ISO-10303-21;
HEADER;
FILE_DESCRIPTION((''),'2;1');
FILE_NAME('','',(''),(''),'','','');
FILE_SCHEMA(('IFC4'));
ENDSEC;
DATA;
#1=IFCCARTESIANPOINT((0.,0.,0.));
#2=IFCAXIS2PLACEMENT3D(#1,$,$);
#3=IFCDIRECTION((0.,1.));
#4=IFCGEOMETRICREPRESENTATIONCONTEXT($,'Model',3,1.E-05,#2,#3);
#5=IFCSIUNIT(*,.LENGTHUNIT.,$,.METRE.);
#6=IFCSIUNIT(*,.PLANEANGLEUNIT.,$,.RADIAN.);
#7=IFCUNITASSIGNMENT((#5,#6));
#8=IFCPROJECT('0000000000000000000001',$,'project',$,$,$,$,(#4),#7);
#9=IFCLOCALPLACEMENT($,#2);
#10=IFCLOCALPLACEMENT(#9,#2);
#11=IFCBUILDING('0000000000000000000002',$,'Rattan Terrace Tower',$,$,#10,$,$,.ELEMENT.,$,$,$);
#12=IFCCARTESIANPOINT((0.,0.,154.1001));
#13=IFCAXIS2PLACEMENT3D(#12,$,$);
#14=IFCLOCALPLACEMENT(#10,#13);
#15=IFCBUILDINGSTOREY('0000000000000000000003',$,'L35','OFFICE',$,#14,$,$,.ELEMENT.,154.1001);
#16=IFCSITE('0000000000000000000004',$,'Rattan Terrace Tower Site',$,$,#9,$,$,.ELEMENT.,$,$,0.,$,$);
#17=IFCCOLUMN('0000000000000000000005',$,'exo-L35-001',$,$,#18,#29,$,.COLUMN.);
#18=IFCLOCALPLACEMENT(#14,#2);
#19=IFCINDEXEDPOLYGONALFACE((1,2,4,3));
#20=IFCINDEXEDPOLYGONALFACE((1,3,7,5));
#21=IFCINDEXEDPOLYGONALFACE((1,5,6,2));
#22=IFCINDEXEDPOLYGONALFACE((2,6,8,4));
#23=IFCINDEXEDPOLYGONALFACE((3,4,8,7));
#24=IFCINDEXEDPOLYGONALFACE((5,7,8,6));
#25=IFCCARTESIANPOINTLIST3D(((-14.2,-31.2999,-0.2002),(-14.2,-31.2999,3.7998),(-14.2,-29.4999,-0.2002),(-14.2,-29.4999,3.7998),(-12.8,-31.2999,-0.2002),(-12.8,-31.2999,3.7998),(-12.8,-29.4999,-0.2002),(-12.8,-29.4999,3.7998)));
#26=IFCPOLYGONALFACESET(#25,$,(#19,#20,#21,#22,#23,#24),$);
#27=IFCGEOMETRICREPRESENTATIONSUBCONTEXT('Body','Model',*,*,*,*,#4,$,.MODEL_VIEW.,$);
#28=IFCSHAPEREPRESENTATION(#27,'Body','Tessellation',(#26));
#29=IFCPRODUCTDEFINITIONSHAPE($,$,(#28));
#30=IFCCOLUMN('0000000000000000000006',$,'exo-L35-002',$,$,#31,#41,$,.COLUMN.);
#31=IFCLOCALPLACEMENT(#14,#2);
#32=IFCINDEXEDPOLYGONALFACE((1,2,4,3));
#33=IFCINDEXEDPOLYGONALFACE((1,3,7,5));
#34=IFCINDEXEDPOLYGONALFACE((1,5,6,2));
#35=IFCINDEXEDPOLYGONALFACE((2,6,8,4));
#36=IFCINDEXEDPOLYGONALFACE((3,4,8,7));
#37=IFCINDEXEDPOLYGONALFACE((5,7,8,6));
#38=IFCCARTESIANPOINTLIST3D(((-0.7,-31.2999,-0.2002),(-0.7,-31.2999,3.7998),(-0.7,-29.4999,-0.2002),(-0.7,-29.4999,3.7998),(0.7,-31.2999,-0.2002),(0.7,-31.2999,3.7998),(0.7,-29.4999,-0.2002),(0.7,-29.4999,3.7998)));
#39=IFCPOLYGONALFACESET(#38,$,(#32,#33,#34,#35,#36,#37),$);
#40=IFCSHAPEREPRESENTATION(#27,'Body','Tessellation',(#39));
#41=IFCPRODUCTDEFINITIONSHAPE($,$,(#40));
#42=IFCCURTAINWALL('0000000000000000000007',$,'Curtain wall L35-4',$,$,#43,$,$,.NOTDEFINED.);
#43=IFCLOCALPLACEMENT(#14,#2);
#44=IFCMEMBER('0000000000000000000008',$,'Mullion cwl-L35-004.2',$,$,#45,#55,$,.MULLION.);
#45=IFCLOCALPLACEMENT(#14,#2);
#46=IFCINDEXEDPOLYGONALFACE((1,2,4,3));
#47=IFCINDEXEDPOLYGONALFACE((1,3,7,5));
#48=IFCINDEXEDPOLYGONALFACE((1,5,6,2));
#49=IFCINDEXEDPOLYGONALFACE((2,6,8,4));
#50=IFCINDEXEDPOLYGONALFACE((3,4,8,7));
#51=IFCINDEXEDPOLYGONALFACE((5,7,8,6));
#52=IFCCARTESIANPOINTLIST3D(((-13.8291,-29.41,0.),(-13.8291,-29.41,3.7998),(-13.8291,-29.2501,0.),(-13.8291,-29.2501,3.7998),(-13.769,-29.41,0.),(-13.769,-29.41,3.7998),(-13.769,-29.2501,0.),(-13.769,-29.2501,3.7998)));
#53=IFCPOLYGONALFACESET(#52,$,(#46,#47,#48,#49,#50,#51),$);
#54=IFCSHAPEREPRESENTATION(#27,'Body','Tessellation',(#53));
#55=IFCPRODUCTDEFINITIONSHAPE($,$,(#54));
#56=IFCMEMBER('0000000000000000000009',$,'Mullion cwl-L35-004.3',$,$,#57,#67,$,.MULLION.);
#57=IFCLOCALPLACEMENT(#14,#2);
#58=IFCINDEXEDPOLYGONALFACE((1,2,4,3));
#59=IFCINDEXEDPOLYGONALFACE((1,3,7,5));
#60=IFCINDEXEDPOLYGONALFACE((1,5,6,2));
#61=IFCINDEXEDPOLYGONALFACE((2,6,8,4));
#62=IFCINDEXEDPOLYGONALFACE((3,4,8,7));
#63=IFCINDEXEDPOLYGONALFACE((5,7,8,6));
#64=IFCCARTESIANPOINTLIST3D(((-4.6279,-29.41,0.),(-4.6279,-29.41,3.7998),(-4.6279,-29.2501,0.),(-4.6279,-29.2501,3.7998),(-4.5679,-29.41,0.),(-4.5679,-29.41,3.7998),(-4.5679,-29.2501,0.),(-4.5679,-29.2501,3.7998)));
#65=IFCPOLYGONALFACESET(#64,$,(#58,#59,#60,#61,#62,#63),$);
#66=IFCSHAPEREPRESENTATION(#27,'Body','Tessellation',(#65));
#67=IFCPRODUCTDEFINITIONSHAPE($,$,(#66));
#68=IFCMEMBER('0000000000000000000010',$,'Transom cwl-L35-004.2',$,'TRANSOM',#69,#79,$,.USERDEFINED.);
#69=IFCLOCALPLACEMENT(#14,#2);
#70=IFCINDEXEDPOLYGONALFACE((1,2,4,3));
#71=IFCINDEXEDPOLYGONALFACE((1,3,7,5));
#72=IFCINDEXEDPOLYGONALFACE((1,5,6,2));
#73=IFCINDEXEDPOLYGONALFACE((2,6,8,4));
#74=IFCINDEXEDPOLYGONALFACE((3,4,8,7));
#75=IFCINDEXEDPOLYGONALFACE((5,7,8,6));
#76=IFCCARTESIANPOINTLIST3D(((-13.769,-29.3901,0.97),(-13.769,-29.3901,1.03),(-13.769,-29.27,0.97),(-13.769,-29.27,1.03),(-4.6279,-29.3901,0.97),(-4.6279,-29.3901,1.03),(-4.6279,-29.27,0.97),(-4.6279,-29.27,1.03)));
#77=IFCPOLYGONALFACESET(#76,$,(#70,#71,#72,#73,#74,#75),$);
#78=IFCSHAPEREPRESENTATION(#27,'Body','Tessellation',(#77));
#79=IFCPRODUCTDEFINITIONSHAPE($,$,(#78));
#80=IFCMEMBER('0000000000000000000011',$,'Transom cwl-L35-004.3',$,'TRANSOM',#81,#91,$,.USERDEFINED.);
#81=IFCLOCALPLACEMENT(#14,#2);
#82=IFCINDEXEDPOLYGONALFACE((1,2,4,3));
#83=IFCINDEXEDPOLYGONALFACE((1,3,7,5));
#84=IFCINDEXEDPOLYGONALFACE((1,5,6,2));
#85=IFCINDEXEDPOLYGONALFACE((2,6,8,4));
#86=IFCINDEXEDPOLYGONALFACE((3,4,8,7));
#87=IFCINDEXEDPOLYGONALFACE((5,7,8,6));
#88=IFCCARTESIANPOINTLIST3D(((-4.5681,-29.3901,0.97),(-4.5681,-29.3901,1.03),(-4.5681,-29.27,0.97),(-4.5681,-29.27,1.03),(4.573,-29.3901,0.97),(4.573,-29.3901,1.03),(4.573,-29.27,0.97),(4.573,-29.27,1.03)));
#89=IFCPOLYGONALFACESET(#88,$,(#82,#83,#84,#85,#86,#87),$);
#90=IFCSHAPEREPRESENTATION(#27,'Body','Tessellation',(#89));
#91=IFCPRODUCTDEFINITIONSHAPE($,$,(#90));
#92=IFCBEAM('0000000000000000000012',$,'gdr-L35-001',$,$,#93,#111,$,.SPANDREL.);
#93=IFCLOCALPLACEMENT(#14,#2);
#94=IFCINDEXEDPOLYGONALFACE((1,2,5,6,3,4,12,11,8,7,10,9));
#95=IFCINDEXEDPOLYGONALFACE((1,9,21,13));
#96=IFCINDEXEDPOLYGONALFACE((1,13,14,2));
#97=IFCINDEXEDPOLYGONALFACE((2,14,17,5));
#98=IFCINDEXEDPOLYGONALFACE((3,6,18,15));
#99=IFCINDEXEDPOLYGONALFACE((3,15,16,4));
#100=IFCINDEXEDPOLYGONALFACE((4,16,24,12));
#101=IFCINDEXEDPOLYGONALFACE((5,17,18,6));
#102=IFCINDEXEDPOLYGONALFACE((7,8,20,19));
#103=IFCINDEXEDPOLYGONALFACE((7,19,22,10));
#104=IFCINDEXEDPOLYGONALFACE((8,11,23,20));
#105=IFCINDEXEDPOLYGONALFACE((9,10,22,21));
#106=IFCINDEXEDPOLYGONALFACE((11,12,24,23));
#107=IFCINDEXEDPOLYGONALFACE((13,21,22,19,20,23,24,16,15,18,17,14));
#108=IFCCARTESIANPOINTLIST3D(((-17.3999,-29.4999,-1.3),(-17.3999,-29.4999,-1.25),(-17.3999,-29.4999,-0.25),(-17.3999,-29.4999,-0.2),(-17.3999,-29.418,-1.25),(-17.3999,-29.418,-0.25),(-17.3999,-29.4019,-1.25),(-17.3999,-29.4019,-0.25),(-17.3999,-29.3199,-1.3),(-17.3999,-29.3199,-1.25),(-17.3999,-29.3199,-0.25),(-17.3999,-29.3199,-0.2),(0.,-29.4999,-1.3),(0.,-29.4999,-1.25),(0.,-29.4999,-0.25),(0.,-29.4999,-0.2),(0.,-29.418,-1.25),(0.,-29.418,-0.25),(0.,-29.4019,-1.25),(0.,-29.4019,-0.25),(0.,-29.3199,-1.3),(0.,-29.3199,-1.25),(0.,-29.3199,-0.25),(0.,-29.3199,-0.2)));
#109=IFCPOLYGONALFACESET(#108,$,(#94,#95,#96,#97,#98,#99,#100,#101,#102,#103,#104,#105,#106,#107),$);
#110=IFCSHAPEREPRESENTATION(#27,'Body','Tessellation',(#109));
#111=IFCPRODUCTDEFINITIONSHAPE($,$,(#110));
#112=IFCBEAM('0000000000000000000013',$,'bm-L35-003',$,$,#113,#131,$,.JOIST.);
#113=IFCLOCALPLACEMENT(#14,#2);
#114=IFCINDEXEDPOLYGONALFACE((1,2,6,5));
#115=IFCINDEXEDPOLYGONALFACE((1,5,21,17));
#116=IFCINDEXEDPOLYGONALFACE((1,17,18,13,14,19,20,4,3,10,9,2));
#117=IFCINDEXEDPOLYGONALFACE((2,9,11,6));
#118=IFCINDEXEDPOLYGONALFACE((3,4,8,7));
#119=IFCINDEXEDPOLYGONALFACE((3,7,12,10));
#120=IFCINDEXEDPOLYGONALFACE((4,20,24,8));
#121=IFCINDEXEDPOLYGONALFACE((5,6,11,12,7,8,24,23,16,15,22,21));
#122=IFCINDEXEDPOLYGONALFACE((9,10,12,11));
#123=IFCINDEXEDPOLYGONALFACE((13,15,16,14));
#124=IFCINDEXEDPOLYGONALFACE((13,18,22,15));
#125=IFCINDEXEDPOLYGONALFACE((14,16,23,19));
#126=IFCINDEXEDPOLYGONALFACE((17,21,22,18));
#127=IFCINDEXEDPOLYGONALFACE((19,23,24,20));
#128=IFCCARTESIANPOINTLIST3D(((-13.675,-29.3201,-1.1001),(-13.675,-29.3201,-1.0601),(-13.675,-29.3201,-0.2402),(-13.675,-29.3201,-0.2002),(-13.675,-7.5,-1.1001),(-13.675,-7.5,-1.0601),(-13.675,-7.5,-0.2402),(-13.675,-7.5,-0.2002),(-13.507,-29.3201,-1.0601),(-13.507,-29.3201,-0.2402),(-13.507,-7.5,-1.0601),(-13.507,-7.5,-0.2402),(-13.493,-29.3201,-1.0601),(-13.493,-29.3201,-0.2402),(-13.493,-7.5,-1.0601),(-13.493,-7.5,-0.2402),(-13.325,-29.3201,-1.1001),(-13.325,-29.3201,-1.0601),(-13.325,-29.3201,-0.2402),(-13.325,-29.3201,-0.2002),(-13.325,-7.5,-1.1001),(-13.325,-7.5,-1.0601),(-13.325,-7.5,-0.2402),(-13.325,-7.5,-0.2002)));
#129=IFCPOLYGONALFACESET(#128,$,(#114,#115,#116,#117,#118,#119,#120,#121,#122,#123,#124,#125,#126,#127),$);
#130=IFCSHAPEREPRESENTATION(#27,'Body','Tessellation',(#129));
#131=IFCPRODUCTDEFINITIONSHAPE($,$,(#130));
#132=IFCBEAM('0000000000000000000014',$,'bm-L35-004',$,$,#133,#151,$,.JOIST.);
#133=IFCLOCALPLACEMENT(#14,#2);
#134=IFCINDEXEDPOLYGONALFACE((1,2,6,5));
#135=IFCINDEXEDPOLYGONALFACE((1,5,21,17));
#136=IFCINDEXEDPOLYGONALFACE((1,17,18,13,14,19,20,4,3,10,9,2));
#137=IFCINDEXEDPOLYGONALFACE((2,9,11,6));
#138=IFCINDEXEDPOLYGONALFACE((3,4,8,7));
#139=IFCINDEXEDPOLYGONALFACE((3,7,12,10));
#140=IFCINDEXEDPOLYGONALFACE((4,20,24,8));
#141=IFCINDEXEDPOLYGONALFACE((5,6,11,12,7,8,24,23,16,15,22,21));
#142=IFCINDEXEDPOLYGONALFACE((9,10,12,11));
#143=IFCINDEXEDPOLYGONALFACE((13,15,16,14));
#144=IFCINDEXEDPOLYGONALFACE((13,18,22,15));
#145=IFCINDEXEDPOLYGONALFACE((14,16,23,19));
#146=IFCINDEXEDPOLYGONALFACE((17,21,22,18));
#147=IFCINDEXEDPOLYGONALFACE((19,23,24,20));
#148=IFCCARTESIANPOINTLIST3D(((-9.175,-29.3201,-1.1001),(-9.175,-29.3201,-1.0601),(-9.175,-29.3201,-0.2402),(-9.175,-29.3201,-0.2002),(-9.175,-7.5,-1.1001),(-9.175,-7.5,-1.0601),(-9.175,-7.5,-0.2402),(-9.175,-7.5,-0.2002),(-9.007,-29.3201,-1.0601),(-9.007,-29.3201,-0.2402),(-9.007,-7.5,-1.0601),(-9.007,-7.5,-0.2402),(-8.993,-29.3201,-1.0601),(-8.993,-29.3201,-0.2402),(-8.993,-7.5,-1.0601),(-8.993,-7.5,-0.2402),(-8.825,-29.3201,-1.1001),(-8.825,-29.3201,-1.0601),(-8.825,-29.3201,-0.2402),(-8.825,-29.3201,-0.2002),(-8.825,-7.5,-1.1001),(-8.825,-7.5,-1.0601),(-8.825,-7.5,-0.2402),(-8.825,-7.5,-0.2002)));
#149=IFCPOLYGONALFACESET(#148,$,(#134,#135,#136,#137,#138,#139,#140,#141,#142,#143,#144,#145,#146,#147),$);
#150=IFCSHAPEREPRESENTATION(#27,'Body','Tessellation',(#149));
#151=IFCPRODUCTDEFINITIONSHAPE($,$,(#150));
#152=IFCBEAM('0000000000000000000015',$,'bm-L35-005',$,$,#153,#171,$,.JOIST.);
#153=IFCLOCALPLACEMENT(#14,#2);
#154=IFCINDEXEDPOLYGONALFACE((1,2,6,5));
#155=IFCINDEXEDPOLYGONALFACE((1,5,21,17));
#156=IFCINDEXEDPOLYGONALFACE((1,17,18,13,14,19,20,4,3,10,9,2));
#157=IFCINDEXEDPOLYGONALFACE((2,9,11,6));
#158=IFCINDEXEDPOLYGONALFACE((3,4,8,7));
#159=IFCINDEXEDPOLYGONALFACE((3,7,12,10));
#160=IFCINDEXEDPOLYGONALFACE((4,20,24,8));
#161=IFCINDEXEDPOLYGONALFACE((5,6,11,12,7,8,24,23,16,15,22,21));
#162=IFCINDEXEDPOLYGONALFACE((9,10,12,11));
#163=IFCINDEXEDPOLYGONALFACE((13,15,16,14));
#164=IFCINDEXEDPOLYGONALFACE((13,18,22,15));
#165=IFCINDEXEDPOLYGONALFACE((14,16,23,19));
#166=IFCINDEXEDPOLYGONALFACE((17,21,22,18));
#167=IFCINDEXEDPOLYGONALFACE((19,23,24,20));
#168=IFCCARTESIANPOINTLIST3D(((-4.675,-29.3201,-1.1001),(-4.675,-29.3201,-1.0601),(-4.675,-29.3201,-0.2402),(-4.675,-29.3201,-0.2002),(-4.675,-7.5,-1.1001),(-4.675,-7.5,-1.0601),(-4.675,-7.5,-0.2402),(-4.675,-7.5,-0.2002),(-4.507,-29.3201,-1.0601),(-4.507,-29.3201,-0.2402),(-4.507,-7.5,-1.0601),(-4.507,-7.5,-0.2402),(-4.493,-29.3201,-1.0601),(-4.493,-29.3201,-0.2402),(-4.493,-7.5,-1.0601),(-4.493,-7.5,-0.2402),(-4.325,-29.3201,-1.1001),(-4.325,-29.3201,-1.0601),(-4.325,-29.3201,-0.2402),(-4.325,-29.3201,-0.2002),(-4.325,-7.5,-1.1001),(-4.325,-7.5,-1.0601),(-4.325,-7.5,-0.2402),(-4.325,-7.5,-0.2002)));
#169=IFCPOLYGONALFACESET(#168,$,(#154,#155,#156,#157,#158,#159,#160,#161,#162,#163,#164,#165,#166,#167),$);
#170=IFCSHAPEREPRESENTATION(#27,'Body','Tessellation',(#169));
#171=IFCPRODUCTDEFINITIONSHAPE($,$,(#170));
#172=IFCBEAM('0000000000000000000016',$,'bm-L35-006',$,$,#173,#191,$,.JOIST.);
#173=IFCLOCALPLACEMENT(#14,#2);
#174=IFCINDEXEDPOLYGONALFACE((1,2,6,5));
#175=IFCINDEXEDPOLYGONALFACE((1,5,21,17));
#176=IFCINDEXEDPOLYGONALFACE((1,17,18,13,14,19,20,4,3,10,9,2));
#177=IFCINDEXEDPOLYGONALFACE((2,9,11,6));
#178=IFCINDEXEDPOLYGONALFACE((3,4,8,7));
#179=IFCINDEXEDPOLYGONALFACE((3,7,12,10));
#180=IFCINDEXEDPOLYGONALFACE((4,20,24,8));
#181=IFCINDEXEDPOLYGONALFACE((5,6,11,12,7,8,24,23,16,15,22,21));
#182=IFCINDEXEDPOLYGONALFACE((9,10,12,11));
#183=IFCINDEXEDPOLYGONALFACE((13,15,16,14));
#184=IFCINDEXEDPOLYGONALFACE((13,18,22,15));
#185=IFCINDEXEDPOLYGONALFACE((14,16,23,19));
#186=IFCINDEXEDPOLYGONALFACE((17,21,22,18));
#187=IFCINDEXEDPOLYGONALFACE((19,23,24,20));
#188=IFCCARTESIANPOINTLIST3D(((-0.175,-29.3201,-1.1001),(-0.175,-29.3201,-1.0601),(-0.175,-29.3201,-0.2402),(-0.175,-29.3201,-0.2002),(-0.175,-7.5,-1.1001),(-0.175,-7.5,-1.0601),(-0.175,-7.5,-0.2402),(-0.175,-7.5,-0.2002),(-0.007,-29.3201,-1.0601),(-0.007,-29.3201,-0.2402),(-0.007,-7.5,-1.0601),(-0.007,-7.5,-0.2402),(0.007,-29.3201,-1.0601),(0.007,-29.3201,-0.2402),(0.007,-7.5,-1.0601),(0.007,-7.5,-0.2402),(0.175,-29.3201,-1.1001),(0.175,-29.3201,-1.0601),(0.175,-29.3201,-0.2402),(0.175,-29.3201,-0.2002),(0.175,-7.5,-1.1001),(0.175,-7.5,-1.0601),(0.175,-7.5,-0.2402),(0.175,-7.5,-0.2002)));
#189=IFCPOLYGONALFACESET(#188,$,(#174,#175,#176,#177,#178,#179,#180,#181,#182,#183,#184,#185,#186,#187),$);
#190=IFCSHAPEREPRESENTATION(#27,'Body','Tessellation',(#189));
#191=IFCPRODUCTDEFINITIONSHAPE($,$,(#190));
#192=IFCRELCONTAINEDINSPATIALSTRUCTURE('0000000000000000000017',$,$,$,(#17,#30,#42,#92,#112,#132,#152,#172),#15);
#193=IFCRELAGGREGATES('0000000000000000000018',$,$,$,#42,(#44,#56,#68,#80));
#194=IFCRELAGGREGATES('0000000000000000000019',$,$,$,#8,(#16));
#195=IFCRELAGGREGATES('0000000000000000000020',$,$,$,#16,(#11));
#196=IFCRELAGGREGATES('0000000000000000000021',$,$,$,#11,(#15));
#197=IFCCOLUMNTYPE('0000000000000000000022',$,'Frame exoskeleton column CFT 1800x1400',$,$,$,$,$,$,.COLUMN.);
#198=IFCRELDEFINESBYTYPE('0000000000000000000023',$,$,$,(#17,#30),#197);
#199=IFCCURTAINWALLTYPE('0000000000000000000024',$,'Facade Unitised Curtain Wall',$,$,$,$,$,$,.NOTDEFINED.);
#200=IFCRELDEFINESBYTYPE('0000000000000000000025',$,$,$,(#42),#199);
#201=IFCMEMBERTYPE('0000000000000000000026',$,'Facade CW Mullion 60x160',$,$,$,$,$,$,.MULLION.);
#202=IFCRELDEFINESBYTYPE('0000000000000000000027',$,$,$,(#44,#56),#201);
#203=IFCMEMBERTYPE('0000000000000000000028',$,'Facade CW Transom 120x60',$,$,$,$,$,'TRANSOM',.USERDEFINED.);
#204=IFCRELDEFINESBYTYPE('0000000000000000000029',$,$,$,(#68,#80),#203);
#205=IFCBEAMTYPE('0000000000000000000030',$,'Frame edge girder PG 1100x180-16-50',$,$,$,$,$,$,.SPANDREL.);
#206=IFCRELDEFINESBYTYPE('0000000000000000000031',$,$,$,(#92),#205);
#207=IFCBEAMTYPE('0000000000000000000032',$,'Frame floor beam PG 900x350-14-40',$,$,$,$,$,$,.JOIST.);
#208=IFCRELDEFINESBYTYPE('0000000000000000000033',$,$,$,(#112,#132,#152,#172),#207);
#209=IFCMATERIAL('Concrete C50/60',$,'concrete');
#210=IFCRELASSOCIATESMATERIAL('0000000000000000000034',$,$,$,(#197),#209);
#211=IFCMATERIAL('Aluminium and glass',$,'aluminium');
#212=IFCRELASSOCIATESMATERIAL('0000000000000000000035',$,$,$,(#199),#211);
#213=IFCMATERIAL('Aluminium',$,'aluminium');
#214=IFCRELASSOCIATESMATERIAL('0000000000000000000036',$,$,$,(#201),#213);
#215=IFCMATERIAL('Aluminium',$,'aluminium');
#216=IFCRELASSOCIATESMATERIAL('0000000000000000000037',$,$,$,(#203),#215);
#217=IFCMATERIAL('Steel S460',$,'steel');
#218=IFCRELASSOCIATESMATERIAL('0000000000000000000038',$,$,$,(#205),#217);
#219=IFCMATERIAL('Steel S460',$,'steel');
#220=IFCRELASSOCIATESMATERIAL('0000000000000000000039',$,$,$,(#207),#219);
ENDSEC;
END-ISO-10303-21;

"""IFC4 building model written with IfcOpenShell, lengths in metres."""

from ifc_helpers import new_model, si_unit, direction, frame, origin, origin_2d, place, context, subcontext, project, spatial, rectangle, i_section, extrude, material, material_profile, profile_set, type_object, element, aggregate, save


model = new_model("IFC4")

# Units and contexts
model_context = context("Model", 3, precision=1e-05, world=origin(), true_north=direction((0.0, 1.0)))
body_context = subcontext(model_context, "Body", "Model", "MODEL_VIEW")
ifc_project = project(units=[si_unit("LENGTHUNIT", "METRE"), si_unit("PLANEANGLEUNIT", "RADIAN")], contexts=[model_context])

# Site, building, storey
site_placement = place(None, origin())
site = spatial("IfcSite", under=ifc_project, at=site_placement, Name="Rattan Terrace Tower Site", CompositionType="ELEMENT", RefElevation=0.0)
building_placement = place(site_placement, origin())
building = spatial("IfcBuilding", under=site, at=building_placement, Name="Rattan Terrace Tower", CompositionType="ELEMENT")
storey_placement = place(building_placement, frame((0.0, 0.0, 154.1001)))
storey = spatial("IfcBuildingStorey", under=building, at=storey_placement, Name="L35", Description="OFFICE", CompositionType="ELEMENT", Elevation=154.1001)

# Columns
ifc_material_1 = material(Name="Concrete C50/60", Category="concrete")
ifc_material_profile_1 = material_profile(ifc_material_1, rectangle(XDim=1.3999, YDim=1.8, at=origin_2d()), Name="CFT 1800x1400")
ifc_profile_set_1 = profile_set([ifc_material_profile_1], Name="Concrete C50/60")
column_type = type_object("IfcColumnType", Name="Frame exoskeleton column CFT 1800x1400", PredefinedType="COLUMN", material=ifc_profile_set_1)
for number, where, z_axis, x_axis, name in (
    (1, (-13.5, -30.3999, -0.2002), (0.0, 0.0, 1.0), (1.0, 0.0, 0.0), "exo-L35-001"),
    (2, (0.0, -30.3999, -0.2002), (0.0, 0.0, 1.0), (1.0, 0.0, 0.0), "exo-L35-002"),
):
    element("IfcColumn", number, at=place(storey_placement, frame(where, z_axis=z_axis, x_axis=x_axis)), inside=storey, type_object=column_type, Name=name, PredefinedType="COLUMN", context=body_context, shape_type="SweptSolid", body=[
        extrude(rectangle(XDim=1.3999, YDim=1.8, at=origin_2d()), origin(), (0.0, 0.0, 1.0), 4.0),
    ])

# Curtain wall, members
ifc_material_2 = material(Name="Aluminium and glass", Category="aluminium")
curtain_wall_type = type_object("IfcCurtainWallType", Name="Facade Unitised Curtain Wall", PredefinedType="NOTDEFINED", material=ifc_material_2)
curtain_wall_placement = place(storey_placement, origin())
curtain_wall = element("IfcCurtainWall", 3, at=curtain_wall_placement, inside=storey, type_object=curtain_wall_type, Name="Curtain wall L35-4", PredefinedType="NOTDEFINED")
ifc_material_3 = material(Name="Aluminium", Category="aluminium")
ifc_material_profile_2 = material_profile(ifc_material_3, rectangle(XDim=0.0601, YDim=0.1599, at=origin_2d()), Name="Aluminium 60x160")
ifc_profile_set_2 = profile_set([ifc_material_profile_2], Name="Aluminium")
member_type_1 = type_object("IfcMemberType", Name="Facade CW Mullion 60x160", PredefinedType="MULLION", material=ifc_profile_set_2)
member_1_placement = place(storey_placement, frame((-13.7991, -29.3301, 0.0), z_axis=(0.0, 0.0, 1.0), x_axis=(1.0, 0.0, 0.0)))
member_1 = element("IfcMember", 4, at=member_1_placement, type_object=member_type_1, Name="Mullion cwl-L35-004.2", PredefinedType="MULLION", context=body_context, shape_type="SweptSolid", body=[
    extrude(rectangle(XDim=0.0601, YDim=0.1599, at=origin_2d()), origin(), (0.0, 0.0, 1.0), 3.7998),
])
member_2_placement = place(storey_placement, frame((-4.5979, -29.3301, 0.0), z_axis=(0.0, 0.0, 1.0), x_axis=(1.0, 0.0, 0.0)))
member_2 = element("IfcMember", 5, at=member_2_placement, type_object=member_type_1, Name="Mullion cwl-L35-004.3", PredefinedType="MULLION", context=body_context, shape_type="SweptSolid", body=[
    extrude(rectangle(XDim=0.0601, YDim=0.1599, at=origin_2d()), origin(), (0.0, 0.0, 1.0), 3.7998),
])
ifc_material_4 = material(Name="Aluminium", Category="aluminium")
ifc_material_profile_3 = material_profile(ifc_material_4, rectangle(XDim=0.1201, YDim=0.0601, at=origin_2d()), Name="Aluminium 120x60")
ifc_profile_set_3 = profile_set([ifc_material_profile_3], Name="Aluminium")
member_type_2 = type_object("IfcMemberType", Name="Facade CW Transom 120x60", ElementType="TRANSOM", PredefinedType="USERDEFINED", material=ifc_profile_set_3)
member_3_placement = place(storey_placement, frame((-13.769, -29.3301, 1.0), z_axis=(1.0, 0.0, 0.0), x_axis=(0.0, 1.0, 0.0)))
member_3 = element("IfcMember", 6, at=member_3_placement, type_object=member_type_2, Name="Transom cwl-L35-004.2", ObjectType="TRANSOM", PredefinedType="USERDEFINED", context=body_context, shape_type="SweptSolid", body=[
    extrude(rectangle(XDim=0.1201, YDim=0.0601, at=origin_2d()), origin(), (0.0, 0.0, 1.0), 9.1411),
])
member_4_placement = place(storey_placement, frame((-4.5681, -29.3301, 1.0), z_axis=(1.0, 0.0, 0.0), x_axis=(0.0, 1.0, 0.0)))
member_4 = element("IfcMember", 7, at=member_4_placement, type_object=member_type_2, Name="Transom cwl-L35-004.3", ObjectType="TRANSOM", PredefinedType="USERDEFINED", context=body_context, shape_type="SweptSolid", body=[
    extrude(rectangle(XDim=0.1201, YDim=0.0601, at=origin_2d()), origin(), (0.0, 0.0, 1.0), 9.1411),
])

# Beams
ifc_material_5 = material(Name="Steel S460", Category="steel")
ifc_material_profile_4 = material_profile(ifc_material_5, i_section(OverallWidth=0.1799, OverallDepth=1.1001, WebThickness=0.0161, FlangeThickness=0.05, at=origin_2d()), Name="PG 1100x180-16-50")
ifc_profile_set_4 = profile_set([ifc_material_profile_4], Name="Steel S460")
beam_type_1 = type_object("IfcBeamType", Name="Frame edge girder PG 1100x180-16-50", PredefinedType="SPANDREL", material=ifc_profile_set_4)
beam_placement = place(storey_placement, frame((-17.3999, -29.4099, -0.75), z_axis=(1.0, 0.0, 0.0), x_axis=(0.0, 1.0, 0.0)))
element("IfcBeam", 8, at=beam_placement, inside=storey, type_object=beam_type_1, Name="gdr-L35-001", PredefinedType="SPANDREL", context=body_context, shape_type="SweptSolid", body=[
    extrude(i_section(OverallWidth=0.1799, OverallDepth=1.1001, WebThickness=0.0161, FlangeThickness=0.05, at=origin_2d()), origin(), (0.0, 0.0, 1.0), 17.3999),
])
ifc_material_6 = material(Name="Steel S460", Category="steel")
ifc_material_profile_5 = material_profile(ifc_material_6, i_section(OverallWidth=0.3501, OverallDepth=0.8999, WebThickness=0.0139, FlangeThickness=0.04, at=origin_2d()), Name="PG 900x350-14-40")
ifc_profile_set_5 = profile_set([ifc_material_profile_5], Name="Steel S460")
beam_type_2 = type_object("IfcBeamType", Name="Frame floor beam PG 900x350-14-40", PredefinedType="JOIST", material=ifc_profile_set_5)
for number, where, z_axis, x_axis, name in (
    (9, (-13.5, -29.3201, -0.6501), (0.0, 1.0, 0.0), (-1.0, 0.0, 0.0), "bm-L35-003"),
    (10, (-9.0, -29.3201, -0.6501), (0.0, 1.0, 0.0), (-1.0, 0.0, 0.0), "bm-L35-004"),
    (11, (-4.5, -29.3201, -0.6501), (0.0, 1.0, 0.0), (-1.0, 0.0, 0.0), "bm-L35-005"),
    (12, (0.0, -29.3201, -0.6501), (0.0, 1.0, 0.0), (-1.0, 0.0, 0.0), "bm-L35-006"),
):
    element("IfcBeam", number, at=place(storey_placement, frame(where, z_axis=z_axis, x_axis=x_axis)), inside=storey, type_object=beam_type_2, Name=name, PredefinedType="JOIST", context=body_context, shape_type="SweptSolid", body=[
        extrude(i_section(OverallWidth=0.3501, OverallDepth=0.8999, WebThickness=0.0139, FlangeThickness=0.04, at=origin_2d()), origin(), (0.0, 0.0, 1.0), 21.8201),
    ])

aggregate(curtain_wall, [member_1, member_2, member_3, member_4])

save(model, "model.ifc")
